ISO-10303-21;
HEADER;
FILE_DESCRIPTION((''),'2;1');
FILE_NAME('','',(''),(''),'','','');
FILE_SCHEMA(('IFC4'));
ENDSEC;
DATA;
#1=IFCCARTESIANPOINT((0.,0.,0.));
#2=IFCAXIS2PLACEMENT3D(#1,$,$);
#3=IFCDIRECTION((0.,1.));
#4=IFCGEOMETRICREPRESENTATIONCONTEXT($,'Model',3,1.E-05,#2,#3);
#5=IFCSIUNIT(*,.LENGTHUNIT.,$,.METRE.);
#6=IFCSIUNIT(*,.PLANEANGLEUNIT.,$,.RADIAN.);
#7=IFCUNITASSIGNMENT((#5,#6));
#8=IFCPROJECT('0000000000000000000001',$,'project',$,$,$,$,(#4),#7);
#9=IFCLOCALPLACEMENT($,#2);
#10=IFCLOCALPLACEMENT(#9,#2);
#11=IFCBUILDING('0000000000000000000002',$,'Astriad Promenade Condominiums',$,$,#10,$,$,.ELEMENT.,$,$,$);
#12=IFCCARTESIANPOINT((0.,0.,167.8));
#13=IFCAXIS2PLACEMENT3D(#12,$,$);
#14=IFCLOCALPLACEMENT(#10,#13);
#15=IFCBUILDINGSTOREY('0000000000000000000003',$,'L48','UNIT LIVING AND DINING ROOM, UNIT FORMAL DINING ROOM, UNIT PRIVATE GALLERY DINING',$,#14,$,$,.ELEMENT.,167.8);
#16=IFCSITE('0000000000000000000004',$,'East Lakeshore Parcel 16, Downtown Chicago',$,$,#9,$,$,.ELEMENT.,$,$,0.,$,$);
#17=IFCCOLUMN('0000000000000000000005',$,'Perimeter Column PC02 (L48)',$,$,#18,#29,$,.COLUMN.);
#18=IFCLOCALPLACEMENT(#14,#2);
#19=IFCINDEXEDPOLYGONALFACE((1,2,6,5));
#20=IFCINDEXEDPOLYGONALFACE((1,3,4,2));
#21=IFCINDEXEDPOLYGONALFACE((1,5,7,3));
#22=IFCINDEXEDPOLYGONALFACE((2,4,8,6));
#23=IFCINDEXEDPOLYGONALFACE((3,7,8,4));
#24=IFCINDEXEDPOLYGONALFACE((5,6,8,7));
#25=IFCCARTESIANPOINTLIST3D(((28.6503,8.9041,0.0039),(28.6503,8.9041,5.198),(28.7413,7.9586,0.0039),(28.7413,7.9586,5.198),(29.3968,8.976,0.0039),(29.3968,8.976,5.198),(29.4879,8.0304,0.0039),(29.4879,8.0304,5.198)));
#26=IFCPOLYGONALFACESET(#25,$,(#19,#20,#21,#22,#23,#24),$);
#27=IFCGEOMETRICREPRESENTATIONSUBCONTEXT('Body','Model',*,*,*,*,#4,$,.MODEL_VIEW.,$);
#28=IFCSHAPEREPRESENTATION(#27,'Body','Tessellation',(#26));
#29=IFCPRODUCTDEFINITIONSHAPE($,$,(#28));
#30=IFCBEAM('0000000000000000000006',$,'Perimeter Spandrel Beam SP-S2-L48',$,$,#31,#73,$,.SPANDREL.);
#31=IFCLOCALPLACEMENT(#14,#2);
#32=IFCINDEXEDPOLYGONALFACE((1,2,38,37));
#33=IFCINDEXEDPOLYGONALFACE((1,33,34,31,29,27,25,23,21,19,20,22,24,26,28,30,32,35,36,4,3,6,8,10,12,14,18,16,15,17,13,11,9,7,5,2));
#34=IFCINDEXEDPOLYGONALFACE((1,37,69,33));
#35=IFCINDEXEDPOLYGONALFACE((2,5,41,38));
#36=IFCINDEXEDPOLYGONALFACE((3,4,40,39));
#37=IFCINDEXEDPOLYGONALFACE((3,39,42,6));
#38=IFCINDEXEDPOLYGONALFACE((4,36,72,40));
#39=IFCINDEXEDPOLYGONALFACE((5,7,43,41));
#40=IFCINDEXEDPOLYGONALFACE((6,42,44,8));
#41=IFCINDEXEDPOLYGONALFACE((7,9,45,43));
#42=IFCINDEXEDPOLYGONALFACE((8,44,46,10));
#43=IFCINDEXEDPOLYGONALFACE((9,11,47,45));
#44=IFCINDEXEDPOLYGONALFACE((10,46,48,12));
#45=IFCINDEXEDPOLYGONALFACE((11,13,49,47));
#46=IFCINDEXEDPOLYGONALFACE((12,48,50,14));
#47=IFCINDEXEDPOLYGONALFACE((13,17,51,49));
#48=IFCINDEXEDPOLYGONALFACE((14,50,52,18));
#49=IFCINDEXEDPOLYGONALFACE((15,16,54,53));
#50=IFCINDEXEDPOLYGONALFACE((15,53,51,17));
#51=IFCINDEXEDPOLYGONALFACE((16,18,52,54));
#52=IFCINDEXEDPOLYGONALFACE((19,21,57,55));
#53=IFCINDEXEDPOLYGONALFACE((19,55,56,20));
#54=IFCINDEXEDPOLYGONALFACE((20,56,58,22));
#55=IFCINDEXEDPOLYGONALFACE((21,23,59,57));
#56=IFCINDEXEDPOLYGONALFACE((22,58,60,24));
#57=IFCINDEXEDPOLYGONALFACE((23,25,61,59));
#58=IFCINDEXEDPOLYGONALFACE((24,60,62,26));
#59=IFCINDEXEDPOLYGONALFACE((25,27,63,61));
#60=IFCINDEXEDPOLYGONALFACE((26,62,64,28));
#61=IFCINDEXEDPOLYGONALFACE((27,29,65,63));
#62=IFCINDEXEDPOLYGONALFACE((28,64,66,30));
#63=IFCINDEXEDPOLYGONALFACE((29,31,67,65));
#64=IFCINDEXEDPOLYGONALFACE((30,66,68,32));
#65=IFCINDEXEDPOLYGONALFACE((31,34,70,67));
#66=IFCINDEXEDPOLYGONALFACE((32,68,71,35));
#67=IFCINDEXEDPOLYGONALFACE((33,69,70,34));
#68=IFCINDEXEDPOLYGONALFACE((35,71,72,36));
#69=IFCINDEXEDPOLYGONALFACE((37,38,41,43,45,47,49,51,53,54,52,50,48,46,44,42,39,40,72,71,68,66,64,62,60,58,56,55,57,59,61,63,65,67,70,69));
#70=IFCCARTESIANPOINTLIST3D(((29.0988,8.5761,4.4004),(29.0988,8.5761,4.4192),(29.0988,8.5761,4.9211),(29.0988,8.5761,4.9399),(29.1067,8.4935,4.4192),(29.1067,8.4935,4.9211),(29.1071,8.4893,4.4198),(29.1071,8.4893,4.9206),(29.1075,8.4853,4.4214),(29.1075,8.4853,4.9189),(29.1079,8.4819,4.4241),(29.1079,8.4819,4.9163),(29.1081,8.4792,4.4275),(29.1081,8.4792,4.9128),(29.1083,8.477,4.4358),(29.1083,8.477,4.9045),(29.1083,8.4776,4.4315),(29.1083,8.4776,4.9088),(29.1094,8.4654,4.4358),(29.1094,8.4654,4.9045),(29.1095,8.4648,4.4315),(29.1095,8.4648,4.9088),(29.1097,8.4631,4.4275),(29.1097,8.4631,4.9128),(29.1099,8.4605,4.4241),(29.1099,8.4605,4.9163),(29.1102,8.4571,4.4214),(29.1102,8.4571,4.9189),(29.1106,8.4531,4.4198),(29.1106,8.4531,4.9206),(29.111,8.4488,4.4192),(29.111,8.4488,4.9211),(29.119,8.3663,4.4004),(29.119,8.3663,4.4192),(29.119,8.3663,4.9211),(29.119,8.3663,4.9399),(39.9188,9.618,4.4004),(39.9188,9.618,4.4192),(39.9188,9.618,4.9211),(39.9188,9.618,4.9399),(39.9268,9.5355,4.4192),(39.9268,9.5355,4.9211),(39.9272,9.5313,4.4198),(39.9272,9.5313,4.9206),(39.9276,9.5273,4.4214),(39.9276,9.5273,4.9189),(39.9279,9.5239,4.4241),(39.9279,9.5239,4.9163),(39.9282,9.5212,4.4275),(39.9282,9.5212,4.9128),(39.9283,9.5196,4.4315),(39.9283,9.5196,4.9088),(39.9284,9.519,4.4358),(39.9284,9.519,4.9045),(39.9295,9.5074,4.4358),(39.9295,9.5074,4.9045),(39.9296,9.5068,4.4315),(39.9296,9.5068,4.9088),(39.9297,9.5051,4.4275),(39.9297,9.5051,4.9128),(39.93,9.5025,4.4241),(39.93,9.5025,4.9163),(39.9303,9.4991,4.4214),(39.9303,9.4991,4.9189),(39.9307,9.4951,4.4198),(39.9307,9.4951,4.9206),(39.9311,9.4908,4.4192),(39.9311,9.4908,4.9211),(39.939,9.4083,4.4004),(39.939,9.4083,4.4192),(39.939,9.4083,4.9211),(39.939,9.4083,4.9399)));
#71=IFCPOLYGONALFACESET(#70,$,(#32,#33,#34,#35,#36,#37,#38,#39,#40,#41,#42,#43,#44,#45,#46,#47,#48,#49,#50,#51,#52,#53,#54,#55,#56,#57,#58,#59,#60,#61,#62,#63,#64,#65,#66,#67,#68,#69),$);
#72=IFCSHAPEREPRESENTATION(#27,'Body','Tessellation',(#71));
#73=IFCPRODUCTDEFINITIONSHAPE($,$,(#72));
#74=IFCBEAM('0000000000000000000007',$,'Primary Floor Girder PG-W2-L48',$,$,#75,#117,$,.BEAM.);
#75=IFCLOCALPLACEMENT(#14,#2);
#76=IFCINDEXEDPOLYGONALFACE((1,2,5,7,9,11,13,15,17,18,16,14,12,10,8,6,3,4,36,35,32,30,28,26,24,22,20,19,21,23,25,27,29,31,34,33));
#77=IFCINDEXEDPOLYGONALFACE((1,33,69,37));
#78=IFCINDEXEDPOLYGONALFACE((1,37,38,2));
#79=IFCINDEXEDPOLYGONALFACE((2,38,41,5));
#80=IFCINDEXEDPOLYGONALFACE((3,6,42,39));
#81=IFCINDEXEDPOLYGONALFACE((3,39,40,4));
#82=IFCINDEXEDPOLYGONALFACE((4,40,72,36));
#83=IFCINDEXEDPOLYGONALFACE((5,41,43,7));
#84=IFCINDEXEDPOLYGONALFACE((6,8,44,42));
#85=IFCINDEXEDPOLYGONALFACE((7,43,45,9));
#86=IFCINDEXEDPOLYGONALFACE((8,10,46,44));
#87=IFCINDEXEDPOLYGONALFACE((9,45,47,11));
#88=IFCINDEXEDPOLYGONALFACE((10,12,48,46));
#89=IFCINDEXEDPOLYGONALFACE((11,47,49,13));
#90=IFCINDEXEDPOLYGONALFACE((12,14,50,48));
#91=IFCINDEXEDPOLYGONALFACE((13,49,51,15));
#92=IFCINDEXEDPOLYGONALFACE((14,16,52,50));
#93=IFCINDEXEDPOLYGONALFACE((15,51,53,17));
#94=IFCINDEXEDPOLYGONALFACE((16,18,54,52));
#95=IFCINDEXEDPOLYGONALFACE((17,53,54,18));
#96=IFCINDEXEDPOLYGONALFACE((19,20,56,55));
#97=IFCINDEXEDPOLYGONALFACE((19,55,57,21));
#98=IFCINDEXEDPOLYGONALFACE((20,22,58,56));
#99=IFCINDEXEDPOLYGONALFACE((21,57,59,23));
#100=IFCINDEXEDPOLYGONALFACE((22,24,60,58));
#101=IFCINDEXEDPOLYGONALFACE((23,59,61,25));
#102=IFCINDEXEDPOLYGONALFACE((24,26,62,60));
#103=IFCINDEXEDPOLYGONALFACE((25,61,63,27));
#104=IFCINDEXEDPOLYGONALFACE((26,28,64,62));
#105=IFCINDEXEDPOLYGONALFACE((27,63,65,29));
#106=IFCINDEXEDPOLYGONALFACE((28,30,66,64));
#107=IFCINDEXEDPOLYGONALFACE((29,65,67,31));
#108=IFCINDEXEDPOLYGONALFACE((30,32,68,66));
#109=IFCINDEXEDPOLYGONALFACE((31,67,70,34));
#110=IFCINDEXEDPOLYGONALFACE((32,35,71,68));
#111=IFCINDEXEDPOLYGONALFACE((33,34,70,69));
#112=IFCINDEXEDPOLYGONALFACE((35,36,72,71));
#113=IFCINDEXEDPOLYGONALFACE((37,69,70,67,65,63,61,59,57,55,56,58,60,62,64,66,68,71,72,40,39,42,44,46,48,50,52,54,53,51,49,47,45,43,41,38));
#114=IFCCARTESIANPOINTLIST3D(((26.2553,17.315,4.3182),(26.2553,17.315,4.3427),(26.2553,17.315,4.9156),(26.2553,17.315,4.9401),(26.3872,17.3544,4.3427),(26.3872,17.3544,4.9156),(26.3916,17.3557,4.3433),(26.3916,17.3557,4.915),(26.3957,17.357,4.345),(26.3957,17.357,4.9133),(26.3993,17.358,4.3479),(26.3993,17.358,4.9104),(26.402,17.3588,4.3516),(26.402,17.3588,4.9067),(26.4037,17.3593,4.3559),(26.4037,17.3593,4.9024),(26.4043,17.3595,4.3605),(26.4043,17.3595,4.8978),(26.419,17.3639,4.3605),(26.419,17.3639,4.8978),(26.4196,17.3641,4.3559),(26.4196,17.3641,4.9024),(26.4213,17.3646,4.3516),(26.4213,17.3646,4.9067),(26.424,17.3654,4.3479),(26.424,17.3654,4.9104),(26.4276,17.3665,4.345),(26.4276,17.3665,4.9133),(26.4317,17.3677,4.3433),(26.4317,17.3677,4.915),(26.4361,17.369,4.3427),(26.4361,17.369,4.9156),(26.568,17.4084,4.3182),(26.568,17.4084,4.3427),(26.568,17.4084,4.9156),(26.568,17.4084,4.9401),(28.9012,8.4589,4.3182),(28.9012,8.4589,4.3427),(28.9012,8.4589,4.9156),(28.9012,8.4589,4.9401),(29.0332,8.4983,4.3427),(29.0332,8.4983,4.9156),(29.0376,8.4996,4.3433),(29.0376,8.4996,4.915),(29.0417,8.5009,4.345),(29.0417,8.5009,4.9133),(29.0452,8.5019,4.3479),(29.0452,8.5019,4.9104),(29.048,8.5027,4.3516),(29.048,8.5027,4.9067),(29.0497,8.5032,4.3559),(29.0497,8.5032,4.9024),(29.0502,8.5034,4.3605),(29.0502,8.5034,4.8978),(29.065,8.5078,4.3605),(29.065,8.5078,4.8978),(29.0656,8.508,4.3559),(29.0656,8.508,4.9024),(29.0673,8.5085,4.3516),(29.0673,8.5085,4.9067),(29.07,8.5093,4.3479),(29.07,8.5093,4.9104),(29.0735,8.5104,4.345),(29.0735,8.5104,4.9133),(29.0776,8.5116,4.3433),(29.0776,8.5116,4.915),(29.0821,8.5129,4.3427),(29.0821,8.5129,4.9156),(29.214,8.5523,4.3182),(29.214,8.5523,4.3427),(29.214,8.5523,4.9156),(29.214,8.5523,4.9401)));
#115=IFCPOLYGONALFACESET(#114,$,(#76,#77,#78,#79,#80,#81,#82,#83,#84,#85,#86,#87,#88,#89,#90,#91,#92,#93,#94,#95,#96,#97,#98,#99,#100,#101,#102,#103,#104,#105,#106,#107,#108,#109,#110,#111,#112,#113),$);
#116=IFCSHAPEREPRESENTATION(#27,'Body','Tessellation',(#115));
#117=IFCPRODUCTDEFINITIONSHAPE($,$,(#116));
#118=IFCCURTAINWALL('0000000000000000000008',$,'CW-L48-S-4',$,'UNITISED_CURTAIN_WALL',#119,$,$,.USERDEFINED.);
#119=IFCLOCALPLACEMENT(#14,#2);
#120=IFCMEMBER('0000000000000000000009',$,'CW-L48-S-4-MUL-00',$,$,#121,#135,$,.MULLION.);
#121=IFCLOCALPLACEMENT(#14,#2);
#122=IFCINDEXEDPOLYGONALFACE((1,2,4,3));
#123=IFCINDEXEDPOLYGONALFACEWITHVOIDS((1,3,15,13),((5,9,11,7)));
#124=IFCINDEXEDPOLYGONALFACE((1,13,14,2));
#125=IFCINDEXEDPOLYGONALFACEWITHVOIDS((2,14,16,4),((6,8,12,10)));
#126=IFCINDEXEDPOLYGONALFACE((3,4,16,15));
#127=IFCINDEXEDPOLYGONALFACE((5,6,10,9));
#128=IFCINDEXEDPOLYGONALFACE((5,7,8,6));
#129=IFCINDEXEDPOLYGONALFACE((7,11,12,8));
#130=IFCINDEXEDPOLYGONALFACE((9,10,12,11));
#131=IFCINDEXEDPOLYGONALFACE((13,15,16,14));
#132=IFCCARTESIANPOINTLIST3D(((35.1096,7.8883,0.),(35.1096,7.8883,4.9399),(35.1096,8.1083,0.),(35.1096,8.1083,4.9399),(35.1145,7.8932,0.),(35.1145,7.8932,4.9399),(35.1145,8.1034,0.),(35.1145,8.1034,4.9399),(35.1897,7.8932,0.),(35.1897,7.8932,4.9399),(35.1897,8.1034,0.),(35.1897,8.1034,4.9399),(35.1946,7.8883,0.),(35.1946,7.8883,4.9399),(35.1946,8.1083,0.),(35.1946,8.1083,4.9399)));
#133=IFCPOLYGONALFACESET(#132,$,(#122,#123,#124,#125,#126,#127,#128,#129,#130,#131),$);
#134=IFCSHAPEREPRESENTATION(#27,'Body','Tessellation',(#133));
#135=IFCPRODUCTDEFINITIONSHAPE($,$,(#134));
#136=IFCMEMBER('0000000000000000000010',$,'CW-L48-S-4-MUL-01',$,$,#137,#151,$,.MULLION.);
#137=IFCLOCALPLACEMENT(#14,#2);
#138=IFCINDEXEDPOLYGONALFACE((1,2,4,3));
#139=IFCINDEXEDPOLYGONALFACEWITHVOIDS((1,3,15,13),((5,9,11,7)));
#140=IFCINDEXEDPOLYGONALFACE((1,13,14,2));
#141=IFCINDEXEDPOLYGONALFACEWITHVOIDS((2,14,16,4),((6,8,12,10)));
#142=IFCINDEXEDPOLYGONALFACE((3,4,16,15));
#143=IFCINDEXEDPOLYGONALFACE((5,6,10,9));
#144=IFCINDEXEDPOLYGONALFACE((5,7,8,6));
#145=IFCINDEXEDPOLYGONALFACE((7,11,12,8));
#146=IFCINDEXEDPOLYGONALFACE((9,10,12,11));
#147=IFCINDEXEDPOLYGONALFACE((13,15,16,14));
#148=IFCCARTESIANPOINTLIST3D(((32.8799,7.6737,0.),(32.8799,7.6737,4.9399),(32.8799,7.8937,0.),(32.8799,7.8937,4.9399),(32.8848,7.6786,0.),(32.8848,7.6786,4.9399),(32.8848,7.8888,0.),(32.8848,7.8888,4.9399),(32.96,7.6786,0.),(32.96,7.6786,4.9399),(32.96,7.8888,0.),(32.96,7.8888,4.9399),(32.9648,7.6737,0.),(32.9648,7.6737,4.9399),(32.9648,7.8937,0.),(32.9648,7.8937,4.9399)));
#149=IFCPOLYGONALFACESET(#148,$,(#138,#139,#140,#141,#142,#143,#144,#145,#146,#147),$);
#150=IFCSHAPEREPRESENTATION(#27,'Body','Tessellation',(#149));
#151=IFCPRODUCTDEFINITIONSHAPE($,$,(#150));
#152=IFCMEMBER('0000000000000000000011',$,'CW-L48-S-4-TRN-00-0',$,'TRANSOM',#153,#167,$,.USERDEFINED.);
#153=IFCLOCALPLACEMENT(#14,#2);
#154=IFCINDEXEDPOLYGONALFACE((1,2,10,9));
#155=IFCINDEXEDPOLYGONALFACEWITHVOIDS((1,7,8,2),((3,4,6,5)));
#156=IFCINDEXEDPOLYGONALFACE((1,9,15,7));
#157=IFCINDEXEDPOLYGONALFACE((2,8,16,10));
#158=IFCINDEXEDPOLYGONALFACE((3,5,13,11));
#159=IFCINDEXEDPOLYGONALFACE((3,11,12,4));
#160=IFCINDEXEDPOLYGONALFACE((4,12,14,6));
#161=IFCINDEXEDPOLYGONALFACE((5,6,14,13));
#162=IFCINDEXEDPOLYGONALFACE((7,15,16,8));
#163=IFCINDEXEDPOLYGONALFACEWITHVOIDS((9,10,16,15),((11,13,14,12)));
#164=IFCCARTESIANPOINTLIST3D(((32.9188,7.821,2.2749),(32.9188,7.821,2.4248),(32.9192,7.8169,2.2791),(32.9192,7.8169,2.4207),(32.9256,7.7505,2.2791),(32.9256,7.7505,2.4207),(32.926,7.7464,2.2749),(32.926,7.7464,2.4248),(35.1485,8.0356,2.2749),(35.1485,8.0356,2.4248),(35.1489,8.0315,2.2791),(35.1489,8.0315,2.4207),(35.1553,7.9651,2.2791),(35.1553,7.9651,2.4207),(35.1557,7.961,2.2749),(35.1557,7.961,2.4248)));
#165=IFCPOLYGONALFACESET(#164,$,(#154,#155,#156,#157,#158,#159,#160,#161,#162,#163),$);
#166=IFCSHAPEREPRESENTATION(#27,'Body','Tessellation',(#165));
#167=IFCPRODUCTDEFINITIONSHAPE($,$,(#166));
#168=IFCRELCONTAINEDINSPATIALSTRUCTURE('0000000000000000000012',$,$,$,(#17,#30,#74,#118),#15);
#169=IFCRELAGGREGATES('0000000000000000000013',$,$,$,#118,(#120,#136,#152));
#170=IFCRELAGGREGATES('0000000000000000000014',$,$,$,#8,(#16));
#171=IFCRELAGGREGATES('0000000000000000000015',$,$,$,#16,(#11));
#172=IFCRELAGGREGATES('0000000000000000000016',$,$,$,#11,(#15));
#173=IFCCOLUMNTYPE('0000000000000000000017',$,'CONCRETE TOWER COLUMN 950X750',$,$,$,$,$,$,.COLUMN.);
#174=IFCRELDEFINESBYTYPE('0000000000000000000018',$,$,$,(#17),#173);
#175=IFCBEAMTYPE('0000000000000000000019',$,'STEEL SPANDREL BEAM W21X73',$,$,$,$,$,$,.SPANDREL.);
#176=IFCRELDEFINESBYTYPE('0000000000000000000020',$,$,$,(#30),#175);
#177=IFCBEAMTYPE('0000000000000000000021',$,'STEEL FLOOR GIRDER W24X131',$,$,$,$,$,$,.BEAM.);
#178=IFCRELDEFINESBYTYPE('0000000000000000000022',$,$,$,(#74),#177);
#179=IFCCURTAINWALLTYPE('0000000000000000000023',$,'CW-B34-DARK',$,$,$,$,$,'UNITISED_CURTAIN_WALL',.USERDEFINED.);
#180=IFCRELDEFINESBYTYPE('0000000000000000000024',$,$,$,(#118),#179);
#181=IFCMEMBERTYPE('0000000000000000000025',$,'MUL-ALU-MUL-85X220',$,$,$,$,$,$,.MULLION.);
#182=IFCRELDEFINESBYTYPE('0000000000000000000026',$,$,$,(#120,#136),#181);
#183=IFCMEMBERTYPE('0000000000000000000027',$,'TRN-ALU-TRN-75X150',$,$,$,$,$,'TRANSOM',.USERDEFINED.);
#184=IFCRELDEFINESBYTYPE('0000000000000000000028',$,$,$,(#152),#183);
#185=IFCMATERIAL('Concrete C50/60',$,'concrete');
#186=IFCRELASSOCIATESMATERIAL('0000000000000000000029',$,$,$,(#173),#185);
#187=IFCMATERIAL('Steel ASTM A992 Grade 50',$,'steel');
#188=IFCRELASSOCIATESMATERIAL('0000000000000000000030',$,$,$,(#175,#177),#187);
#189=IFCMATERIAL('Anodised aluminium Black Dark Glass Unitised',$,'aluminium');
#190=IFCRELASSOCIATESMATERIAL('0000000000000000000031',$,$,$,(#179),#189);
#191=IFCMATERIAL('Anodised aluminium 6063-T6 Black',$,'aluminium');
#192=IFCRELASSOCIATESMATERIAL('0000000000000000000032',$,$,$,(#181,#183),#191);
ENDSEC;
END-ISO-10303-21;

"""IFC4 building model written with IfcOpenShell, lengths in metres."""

from ifc_helpers import new_model, si_unit, direction, frame, origin, origin_2d, place, context, subcontext, project, spatial, rectangle, hollow_rectangle, i_section, extrude, source, transform, mapped, material, material_profile, profile_set, type_object, type_shapes, element, aggregate, save


model = new_model("IFC4")

# Units and contexts
model_context = context("Model", 3, precision=1e-05, world=origin(), true_north=direction((0.0, 1.0)))
body_context = subcontext(model_context, "Body", "Model", "MODEL_VIEW")
ifc_project = project(units=[si_unit("LENGTHUNIT", "METRE"), si_unit("PLANEANGLEUNIT", "RADIAN")], contexts=[model_context])

# Site, building, storey
site_placement = place(None, origin())
site = spatial("IfcSite", under=ifc_project, at=site_placement, Name="East Lakeshore Parcel 16, Downtown Chicago", CompositionType="ELEMENT", RefElevation=0.0)
building_placement = place(site_placement, origin())
building = spatial("IfcBuilding", under=site, at=building_placement, Name="Astriad Promenade Condominiums", CompositionType="ELEMENT")
storey_placement = place(building_placement, frame((0.0, 0.0, 167.8)))
storey = spatial("IfcBuildingStorey", under=building, at=storey_placement, Name="L48", Description="UNIT LIVING AND DINING ROOM, UNIT FORMAL DINING ROOM, UNIT PRIVATE GALLERY DINING", CompositionType="ELEMENT", Elevation=167.8)

# Column
ifc_material_1 = material(Name="Concrete C50/60", Category="concrete")
ifc_material_profile_1 = material_profile(ifc_material_1, rectangle(XDim=0.75, YDim=0.95, at=origin_2d()), Name="RC-COL-950X750")
ifc_profile_set_1 = profile_set([ifc_material_profile_1], Name="Concrete C50/60")
column_type = type_object("IfcColumnType", Name="CONCRETE TOWER COLUMN 950X750", PredefinedType="COLUMN", material=ifc_profile_set_1)
shared_shape_1 = source(origin(), body_context, "Body", "SweptSolid", [
    extrude(rectangle(XDim=0.75, YDim=0.95, at=origin_2d()), origin(), (0.0, 0.0, 1.0), 5.1941),
])
type_shapes(column_type, [shared_shape_1])
column_placement = place(storey_placement, frame((29.0691, 8.4673, 0.0039), z_axis=(0.0, 0.0, 1.0), x_axis=(0.995396, 0.095846, 0.0)))
element("IfcColumn", 1, at=column_placement, inside=storey, type_object=column_type, Name="Perimeter Column PC02 (L48)", PredefinedType="COLUMN", context=body_context, shape_type="MappedRepresentation", body=[
    mapped(shared_shape_1, transform((0.0, 0.0, 0.0), scale=1.0)),
])

# Beams
ifc_material_2 = material(Name="Steel ASTM A992 Grade 50", Category="steel")
ifc_material_profile_2 = material_profile(ifc_material_2, i_section(OverallWidth=0.2107, OverallDepth=0.5396, WebThickness=0.0117, FlangeThickness=0.0188, FilletRadius=0.0166, at=origin_2d()), Name="W21X73")
ifc_profile_set_2 = profile_set([ifc_material_profile_2], Name="Steel ASTM A992 Grade 50")
beam_type_1 = type_object("IfcBeamType", Name="STEEL SPANDREL BEAM W21X73", PredefinedType="SPANDREL", material=ifc_profile_set_2)
shared_shape_2 = source(origin(), body_context, "Body", "SweptSolid", [
    extrude(i_section(OverallWidth=0.2107, OverallDepth=0.5396, WebThickness=0.0117, FlangeThickness=0.0188, FilletRadius=0.0166, at=origin_2d()), origin(), (0.0, 0.0, 1.0), 10.8701),
])
type_shapes(beam_type_1, [shared_shape_2])
beam_1_placement = place(storey_placement, frame((29.1089, 8.4712, 4.6702), z_axis=(0.995395, 0.095858, 0.0), x_axis=(-0.095858, 0.995395, 0.0)))
element("IfcBeam", 2, at=beam_1_placement, inside=storey, type_object=beam_type_1, Name="Perimeter Spandrel Beam SP-S2-L48", PredefinedType="SPANDREL", context=body_context, shape_type="MappedRepresentation", body=[
    mapped(shared_shape_2, transform((0.0, 0.0, 0.0), scale=1.0)),
])
ifc_material_profile_3 = material_profile(ifc_material_2, i_section(OverallWidth=0.3264, OverallDepth=0.6218, WebThickness=0.0154, FlangeThickness=0.0244, FilletRadius=0.0178, at=origin_2d()), Name="W24X131")
ifc_profile_set_3 = profile_set([ifc_material_profile_3], Name="Steel ASTM A992 Grade 50")
beam_type_2 = type_object("IfcBeamType", Name="STEEL FLOOR GIRDER W24X131", PredefinedType="BEAM", material=ifc_profile_set_3)
shared_shape_3 = source(origin(), body_context, "Body", "SweptSolid", [
    extrude(i_section(OverallWidth=0.3264, OverallDepth=0.6218, WebThickness=0.0154, FlangeThickness=0.0244, FilletRadius=0.0178, at=origin_2d()), origin(), (0.0, 0.0, 1.0), 9.2429),
])
type_shapes(beam_type_2, [shared_shape_3])
beam_2_placement = place(storey_placement, frame((29.0576, 8.5056, 4.6292), z_axis=(-0.286269, 0.958149, 0.0), x_axis=(-0.958149, -0.286269, 0.0)))
element("IfcBeam", 3, at=beam_2_placement, inside=storey, type_object=beam_type_2, Name="Primary Floor Girder PG-W2-L48", PredefinedType="BEAM", context=body_context, shape_type="MappedRepresentation", body=[
    mapped(shared_shape_3, transform((0.0, 0.0, 0.0), scale=1.0)),
])

# Curtain wall, members
ifc_material_3 = material(Name="Anodised aluminium Black Dark Glass Unitised", Category="aluminium")
curtain_wall_type = type_object("IfcCurtainWallType", Name="CW-B34-DARK", ElementType="UNITISED_CURTAIN_WALL", PredefinedType="USERDEFINED", material=ifc_material_3)
curtain_wall_placement = place(storey_placement, origin())
curtain_wall = element("IfcCurtainWall", 4, at=curtain_wall_placement, inside=storey, type_object=curtain_wall_type, Name="CW-L48-S-4", ObjectType="UNITISED_CURTAIN_WALL", PredefinedType="USERDEFINED")
ifc_material_4 = material(Name="Anodised aluminium 6063-T6 Black", Category="aluminium")
ifc_material_profile_4 = material_profile(ifc_material_4, hollow_rectangle(XDim=0.085, YDim=0.22, WallThickness=0.0049, at=origin_2d()), Name="ALU-MUL-85X220")
ifc_profile_set_4 = profile_set([ifc_material_profile_4], Name="Anodised aluminium 6063-T6 Black")
member_type_1 = type_object("IfcMemberType", Name="MUL-ALU-MUL-85X220", PredefinedType="MULLION", material=ifc_profile_set_4)
shared_shape_4 = source(origin(), body_context, "Body", "SweptSolid", [
    extrude(hollow_rectangle(XDim=0.085, YDim=0.22, WallThickness=0.0049, at=origin_2d()), origin(), (0.0, 0.0, 1.0), 4.9399),
])
type_shapes(member_type_1, [shared_shape_4])
member_1_placement = place(storey_placement, frame((35.1521, 7.9983, 0.0), z_axis=(0.0, 0.0, 1.0), x_axis=(1.0, 0.0, 0.0)))
member_1 = element("IfcMember", 5, at=member_1_placement, type_object=member_type_1, Name="CW-L48-S-4-MUL-00", PredefinedType="MULLION", context=body_context, shape_type="MappedRepresentation", body=[
    mapped(shared_shape_4, transform((0.0, 0.0, 0.0), scale=1.0)),
])
member_2_placement = place(storey_placement, frame((32.9224, 7.7837, 0.0), z_axis=(0.0, 0.0, 1.0), x_axis=(1.0, 0.0, 0.0)))
member_2 = element("IfcMember", 6, at=member_2_placement, type_object=member_type_1, Name="CW-L48-S-4-MUL-01", PredefinedType="MULLION", context=body_context, shape_type="MappedRepresentation", body=[
    mapped(shared_shape_4, transform((0.0, 0.0, 0.0), scale=1.0)),
])
ifc_material_profile_5 = material_profile(ifc_material_4, hollow_rectangle(XDim=0.075, YDim=0.1499, WallThickness=0.0042, at=origin_2d()), Name="ALU-TRN-75X150")
ifc_profile_set_5 = profile_set([ifc_material_profile_5], Name="Anodised aluminium 6063-T6 Black")
member_type_2 = type_object("IfcMemberType", Name="TRN-ALU-TRN-75X150", ElementType="TRANSOM", PredefinedType="USERDEFINED", material=ifc_profile_set_5)
shared_shape_5 = source(origin(), body_context, "Body", "SweptSolid", [
    extrude(hollow_rectangle(XDim=0.075, YDim=0.1499, WallThickness=0.0042, at=origin_2d()), origin(), (0.0, 0.0, 1.0), 2.24),
])
type_shapes(member_type_2, [shared_shape_5])
member_3_placement = place(storey_placement, frame((35.1521, 7.9983, 2.3499), z_axis=(-0.9954, -0.095802, 0.0), x_axis=(0.095802, -0.9954, 0.0)))
member_3 = element("IfcMember", 7, at=member_3_placement, type_object=member_type_2, Name="CW-L48-S-4-TRN-00-0", ObjectType="TRANSOM", PredefinedType="USERDEFINED", context=body_context, shape_type="MappedRepresentation", body=[
    mapped(shared_shape_5, transform((0.0, 0.0, 0.0), scale=1.0)),
])
aggregate(curtain_wall, [member_1, member_2, member_3])

save(model, "model.ifc")
